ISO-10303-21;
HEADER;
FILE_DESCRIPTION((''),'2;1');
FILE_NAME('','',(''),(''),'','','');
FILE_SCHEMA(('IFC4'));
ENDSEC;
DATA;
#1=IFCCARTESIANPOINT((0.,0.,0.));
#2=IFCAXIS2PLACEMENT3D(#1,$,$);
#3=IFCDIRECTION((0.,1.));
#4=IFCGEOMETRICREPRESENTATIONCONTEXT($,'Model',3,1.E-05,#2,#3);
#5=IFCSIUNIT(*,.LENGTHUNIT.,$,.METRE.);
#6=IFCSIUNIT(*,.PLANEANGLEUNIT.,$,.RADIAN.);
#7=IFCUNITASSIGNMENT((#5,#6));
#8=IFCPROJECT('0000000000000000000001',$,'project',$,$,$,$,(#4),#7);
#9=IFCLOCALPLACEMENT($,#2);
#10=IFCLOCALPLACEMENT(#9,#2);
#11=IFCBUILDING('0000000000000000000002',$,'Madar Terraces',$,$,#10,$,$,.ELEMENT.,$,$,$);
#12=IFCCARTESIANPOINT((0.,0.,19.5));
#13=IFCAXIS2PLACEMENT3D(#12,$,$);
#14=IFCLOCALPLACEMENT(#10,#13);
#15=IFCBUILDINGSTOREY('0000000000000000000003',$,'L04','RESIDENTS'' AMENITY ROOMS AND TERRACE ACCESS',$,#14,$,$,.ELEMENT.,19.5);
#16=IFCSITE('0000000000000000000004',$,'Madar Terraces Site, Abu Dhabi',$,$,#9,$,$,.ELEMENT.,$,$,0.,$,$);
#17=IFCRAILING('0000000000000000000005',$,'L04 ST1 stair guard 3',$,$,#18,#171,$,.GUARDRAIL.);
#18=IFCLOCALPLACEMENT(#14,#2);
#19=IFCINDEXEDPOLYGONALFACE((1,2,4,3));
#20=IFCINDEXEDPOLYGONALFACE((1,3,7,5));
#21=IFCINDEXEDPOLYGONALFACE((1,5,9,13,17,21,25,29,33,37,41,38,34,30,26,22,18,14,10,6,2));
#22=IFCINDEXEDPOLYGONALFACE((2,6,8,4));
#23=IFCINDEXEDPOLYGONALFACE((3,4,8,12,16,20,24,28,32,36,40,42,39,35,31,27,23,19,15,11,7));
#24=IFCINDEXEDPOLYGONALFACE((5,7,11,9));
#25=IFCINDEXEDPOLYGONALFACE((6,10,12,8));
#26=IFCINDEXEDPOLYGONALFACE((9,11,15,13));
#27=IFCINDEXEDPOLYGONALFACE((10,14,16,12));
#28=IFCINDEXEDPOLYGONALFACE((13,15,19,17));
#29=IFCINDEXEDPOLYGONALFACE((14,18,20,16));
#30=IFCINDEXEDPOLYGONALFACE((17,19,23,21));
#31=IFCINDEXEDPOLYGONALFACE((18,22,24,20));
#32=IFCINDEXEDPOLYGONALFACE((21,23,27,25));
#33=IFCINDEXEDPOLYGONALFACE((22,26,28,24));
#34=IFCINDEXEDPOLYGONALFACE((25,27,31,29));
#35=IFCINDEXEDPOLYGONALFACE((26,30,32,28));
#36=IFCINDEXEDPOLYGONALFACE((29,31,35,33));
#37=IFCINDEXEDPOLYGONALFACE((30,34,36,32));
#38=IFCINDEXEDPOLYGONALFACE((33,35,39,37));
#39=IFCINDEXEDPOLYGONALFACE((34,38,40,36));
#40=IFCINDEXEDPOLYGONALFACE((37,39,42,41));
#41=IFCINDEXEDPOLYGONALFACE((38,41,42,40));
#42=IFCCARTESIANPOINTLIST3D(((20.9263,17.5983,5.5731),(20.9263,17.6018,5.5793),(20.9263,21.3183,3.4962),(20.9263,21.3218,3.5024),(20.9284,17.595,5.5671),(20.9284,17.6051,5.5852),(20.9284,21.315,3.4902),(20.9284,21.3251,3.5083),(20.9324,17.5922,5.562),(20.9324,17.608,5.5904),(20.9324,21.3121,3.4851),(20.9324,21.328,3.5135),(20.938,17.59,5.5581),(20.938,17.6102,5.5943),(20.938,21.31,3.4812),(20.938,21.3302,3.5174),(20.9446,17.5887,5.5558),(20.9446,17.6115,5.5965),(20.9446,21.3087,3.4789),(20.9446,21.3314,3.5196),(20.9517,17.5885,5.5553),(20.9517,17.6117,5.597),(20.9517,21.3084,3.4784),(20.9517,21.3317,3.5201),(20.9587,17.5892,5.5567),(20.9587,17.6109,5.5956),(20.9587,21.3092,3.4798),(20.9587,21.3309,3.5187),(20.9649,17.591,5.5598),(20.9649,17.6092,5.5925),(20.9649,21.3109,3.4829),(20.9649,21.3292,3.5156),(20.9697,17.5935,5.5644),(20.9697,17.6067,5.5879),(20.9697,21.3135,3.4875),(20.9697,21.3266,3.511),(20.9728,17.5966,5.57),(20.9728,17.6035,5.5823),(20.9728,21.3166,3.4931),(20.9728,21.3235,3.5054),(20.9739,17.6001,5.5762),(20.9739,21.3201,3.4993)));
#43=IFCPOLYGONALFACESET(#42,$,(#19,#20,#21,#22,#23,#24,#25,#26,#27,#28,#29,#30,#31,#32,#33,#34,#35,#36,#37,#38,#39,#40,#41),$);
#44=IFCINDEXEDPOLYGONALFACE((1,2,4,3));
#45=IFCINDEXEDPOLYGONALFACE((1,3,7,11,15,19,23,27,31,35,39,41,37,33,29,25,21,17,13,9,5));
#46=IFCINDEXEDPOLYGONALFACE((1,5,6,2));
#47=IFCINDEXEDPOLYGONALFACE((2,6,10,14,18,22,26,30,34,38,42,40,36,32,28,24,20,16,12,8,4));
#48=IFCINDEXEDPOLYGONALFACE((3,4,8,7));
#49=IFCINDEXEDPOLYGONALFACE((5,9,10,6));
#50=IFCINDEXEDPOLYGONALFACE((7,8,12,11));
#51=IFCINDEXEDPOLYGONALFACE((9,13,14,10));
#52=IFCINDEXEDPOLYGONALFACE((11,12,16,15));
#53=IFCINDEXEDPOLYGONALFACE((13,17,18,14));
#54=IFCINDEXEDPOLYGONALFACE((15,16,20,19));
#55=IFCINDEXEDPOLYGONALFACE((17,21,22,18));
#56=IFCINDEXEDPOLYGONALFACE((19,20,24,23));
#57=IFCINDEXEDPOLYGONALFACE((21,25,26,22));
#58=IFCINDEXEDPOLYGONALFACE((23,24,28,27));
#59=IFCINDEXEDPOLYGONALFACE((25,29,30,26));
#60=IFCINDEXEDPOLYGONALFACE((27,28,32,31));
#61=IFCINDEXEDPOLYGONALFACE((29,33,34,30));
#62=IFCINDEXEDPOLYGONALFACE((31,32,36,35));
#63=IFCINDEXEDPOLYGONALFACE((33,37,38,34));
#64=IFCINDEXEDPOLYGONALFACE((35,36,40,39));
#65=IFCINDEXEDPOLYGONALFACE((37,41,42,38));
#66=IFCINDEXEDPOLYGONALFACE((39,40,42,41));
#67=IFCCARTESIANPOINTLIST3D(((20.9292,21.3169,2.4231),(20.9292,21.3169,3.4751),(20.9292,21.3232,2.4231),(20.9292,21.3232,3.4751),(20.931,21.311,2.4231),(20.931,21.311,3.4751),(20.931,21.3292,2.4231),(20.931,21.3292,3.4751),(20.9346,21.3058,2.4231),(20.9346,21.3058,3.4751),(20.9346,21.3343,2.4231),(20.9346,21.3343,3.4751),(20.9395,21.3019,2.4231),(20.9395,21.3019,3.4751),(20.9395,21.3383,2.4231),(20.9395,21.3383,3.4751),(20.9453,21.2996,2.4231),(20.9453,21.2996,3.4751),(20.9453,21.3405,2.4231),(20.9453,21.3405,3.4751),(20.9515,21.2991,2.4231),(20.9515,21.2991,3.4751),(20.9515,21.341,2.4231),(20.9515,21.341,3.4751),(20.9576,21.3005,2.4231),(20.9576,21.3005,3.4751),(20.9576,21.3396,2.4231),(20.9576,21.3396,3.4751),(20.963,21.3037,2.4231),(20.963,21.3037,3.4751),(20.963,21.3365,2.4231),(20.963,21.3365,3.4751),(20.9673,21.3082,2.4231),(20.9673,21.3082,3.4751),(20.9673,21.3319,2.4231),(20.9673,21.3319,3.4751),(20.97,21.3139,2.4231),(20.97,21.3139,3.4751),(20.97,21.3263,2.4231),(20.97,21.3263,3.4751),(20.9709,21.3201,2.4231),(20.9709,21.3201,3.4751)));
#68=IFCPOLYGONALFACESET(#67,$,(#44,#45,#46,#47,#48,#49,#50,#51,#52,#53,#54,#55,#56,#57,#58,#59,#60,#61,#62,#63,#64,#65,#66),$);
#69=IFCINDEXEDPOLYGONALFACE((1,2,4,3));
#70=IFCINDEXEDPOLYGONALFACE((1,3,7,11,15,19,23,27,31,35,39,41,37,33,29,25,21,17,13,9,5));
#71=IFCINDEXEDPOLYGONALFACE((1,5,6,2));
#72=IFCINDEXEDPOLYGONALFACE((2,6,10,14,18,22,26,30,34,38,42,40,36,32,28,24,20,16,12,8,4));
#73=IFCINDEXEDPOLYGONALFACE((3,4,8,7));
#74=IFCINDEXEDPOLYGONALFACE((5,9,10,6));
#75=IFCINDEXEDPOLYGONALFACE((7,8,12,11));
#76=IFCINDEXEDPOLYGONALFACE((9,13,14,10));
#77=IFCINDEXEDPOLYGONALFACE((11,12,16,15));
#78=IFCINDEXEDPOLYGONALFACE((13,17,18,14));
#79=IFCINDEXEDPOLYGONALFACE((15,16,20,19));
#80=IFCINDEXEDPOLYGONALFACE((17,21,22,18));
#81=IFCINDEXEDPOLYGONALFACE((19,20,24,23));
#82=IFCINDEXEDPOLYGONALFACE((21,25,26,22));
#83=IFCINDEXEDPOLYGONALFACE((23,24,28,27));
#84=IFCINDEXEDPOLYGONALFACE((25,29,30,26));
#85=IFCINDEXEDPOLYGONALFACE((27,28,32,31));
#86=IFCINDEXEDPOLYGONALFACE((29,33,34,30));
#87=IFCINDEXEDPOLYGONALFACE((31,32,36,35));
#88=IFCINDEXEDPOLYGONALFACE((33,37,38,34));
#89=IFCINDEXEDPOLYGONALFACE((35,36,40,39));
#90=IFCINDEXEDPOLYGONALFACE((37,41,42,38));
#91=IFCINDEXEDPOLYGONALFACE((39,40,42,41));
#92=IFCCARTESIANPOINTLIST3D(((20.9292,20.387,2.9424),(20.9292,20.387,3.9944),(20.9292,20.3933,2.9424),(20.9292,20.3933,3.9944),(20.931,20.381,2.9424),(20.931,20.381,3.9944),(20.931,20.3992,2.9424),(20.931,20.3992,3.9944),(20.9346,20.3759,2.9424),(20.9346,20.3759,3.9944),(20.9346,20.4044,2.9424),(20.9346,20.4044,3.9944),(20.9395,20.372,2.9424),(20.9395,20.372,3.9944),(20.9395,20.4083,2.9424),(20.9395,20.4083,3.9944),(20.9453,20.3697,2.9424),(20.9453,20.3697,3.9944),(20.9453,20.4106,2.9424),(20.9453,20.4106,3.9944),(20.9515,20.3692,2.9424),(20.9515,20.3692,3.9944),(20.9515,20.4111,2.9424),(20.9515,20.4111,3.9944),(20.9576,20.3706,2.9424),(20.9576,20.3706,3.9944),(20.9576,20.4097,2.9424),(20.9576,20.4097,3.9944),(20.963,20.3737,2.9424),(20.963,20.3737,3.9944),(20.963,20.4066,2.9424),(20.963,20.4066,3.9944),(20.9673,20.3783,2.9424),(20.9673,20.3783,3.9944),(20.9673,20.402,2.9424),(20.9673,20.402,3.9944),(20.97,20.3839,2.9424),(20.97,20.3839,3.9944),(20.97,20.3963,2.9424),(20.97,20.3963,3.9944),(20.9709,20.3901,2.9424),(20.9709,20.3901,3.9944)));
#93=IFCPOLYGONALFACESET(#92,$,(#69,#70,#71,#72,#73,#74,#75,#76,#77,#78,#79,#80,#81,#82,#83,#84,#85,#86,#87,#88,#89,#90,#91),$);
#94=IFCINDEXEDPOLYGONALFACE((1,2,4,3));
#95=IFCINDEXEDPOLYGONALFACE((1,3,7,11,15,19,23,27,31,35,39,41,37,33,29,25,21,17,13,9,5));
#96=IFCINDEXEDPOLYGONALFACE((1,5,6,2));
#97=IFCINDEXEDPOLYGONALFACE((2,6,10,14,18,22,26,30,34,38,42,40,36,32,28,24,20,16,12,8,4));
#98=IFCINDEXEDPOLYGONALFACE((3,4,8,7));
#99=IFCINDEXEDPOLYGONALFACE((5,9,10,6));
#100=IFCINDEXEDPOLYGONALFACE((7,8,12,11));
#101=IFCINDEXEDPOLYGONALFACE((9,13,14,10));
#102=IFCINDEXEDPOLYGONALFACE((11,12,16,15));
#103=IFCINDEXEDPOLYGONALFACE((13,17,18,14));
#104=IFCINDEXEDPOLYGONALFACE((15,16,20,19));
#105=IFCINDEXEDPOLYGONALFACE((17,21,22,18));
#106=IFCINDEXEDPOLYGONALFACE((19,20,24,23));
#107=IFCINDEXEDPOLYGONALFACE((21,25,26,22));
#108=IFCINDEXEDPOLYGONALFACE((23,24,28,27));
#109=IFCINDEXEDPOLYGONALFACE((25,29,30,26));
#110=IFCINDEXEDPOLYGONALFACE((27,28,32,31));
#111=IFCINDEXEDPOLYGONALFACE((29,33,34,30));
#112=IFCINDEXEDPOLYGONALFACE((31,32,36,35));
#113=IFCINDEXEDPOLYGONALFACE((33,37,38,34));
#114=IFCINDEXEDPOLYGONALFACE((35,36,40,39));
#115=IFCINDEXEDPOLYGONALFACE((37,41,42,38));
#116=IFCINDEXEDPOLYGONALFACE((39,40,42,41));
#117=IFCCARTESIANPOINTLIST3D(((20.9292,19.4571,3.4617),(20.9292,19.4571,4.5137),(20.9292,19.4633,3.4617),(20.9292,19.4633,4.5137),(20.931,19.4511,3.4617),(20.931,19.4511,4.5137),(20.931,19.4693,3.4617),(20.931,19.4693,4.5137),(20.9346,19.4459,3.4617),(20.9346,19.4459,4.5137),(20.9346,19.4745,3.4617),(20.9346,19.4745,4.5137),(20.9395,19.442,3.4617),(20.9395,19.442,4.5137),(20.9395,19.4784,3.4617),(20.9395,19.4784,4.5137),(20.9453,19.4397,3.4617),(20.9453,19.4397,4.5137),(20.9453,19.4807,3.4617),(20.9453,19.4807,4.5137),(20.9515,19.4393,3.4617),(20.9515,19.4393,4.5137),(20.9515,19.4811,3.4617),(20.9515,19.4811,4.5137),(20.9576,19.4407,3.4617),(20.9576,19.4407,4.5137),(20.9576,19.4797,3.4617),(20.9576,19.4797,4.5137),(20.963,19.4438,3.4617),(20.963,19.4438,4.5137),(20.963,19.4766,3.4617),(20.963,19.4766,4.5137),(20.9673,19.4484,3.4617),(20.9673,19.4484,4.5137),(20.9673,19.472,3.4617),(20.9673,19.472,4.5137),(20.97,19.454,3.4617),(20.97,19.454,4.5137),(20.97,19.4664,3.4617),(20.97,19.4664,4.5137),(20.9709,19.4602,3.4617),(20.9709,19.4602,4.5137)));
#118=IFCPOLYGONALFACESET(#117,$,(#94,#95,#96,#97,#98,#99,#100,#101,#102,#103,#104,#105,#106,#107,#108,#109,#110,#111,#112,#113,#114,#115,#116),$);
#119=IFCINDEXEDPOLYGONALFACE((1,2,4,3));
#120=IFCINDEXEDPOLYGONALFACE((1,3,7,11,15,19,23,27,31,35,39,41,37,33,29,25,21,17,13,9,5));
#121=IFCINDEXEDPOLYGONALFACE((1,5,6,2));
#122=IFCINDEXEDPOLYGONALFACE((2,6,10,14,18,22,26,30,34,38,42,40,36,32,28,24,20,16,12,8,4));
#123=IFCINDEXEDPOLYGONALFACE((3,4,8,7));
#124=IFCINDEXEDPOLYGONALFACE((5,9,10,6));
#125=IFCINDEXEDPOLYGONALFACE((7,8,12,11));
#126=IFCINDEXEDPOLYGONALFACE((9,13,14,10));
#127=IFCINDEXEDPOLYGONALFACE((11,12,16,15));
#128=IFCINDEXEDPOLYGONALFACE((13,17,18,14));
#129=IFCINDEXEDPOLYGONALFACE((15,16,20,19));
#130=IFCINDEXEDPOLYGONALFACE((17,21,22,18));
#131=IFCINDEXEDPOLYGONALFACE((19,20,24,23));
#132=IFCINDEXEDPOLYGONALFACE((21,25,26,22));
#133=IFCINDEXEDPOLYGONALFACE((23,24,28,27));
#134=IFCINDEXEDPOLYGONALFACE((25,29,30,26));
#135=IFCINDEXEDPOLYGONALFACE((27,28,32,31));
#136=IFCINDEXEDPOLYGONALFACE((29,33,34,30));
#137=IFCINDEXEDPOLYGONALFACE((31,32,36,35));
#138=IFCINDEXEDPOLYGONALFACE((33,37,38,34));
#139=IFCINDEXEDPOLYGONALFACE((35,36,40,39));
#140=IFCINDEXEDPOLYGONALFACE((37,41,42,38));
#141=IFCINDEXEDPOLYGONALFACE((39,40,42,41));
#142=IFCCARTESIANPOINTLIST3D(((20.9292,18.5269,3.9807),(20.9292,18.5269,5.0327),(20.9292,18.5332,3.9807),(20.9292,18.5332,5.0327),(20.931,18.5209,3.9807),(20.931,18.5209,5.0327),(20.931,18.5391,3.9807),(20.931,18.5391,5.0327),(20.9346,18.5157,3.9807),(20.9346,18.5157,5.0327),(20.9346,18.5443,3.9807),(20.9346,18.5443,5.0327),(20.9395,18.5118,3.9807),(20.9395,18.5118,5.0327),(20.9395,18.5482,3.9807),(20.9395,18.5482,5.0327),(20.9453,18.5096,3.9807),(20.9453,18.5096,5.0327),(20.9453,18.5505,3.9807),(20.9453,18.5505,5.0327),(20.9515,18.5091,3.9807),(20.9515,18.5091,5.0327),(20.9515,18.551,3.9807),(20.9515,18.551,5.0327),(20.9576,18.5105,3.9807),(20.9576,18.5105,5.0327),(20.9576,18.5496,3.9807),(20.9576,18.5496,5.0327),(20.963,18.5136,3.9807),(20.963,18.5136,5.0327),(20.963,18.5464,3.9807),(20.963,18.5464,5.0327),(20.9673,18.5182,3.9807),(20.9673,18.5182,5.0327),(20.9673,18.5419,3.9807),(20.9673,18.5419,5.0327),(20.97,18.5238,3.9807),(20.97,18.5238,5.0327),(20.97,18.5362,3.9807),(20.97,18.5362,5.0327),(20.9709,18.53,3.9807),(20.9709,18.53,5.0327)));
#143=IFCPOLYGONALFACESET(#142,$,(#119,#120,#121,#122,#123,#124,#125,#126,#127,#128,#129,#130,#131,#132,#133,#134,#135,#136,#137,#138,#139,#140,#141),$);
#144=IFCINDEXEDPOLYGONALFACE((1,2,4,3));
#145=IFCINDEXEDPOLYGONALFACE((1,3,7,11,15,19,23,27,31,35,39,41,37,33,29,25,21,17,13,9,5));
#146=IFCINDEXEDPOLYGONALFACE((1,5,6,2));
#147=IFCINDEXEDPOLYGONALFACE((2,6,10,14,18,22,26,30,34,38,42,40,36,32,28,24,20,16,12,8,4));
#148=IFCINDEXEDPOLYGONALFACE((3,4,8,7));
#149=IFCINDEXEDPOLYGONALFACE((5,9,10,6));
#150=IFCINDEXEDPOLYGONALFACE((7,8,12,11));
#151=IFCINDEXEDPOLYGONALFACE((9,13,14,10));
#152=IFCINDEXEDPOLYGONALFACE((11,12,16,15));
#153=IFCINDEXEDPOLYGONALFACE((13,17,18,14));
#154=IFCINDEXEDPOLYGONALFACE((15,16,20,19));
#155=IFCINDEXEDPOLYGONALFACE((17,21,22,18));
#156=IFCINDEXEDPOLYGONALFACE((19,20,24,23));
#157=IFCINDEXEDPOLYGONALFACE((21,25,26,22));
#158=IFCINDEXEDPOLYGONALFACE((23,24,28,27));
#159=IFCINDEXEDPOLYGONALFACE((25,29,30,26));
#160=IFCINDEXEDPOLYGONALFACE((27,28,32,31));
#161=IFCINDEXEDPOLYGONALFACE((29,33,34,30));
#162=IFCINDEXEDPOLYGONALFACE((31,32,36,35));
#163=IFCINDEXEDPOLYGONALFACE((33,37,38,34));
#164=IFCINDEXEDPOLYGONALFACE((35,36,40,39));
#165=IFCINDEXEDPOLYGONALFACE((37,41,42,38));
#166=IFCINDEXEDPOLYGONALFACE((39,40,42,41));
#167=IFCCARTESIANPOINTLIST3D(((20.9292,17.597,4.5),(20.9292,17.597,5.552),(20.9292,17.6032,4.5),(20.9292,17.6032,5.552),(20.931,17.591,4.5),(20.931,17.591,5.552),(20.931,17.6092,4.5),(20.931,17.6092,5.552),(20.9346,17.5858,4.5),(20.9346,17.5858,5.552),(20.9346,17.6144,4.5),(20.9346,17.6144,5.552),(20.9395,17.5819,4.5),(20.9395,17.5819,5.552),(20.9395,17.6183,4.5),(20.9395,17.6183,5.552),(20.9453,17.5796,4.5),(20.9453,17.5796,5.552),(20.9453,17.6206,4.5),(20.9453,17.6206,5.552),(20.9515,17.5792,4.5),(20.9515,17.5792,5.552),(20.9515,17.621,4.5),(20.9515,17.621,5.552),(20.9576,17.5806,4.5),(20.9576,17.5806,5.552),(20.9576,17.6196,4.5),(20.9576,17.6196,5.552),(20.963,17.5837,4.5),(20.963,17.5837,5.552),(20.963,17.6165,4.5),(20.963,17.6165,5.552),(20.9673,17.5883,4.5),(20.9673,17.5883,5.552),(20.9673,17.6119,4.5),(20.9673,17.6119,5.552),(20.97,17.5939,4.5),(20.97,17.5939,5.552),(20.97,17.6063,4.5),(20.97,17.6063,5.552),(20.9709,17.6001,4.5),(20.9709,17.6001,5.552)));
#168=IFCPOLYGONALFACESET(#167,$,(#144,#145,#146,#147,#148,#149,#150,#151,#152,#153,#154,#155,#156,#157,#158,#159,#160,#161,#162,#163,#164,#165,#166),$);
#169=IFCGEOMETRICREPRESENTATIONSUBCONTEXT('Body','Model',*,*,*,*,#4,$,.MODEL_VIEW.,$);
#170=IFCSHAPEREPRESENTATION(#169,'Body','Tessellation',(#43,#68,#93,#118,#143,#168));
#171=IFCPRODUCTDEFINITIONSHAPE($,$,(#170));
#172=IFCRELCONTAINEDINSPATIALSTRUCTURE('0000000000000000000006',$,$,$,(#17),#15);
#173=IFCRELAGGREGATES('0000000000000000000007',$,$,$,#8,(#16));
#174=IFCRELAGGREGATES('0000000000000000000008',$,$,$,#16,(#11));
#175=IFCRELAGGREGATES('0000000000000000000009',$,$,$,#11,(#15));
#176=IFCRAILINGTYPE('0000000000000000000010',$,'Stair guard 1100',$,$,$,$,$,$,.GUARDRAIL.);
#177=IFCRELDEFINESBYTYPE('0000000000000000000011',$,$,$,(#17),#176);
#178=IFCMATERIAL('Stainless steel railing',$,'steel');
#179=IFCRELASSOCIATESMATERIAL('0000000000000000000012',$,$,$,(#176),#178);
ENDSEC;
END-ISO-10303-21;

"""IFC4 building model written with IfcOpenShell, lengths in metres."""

from ifc_helpers import new_model, si_unit, direction, frame, origin, origin_2d, place, context, subcontext, project, spatial, circle, extrude, material, type_object, element, save


model = new_model("IFC4")

# Units and contexts
model_context = context("Model", 3, precision=1e-05, world=origin(), true_north=direction((0.0, 1.0)))
body_context = subcontext(model_context, "Body", "Model", "MODEL_VIEW")
ifc_project = project(units=[si_unit("LENGTHUNIT", "METRE"), si_unit("PLANEANGLEUNIT", "RADIAN")], contexts=[model_context])

# Site, building, storey
site_placement = place(None, origin())
site = spatial("IfcSite", under=ifc_project, at=site_placement, Name="Madar Terraces Site, Abu Dhabi", CompositionType="ELEMENT", RefElevation=0.0)
building_placement = place(site_placement, origin())
building = spatial("IfcBuilding", under=site, at=building_placement, Name="Madar Terraces", CompositionType="ELEMENT")
storey_placement = place(building_placement, frame((0.0, 0.0, 19.5)))
storey = spatial("IfcBuildingStorey", under=building, at=storey_placement, Name="L04", Description="RESIDENTS' AMENITY ROOMS AND TERRACE ACCESS", CompositionType="ELEMENT", Elevation=19.5)

# Railing
ifc_material_1 = material(Name="Stainless steel railing", Category="steel")
railing_type_1 = type_object("IfcRailingType", Name="Stair guard 1100", PredefinedType="GUARDRAIL", material=ifc_material_1)
railing_1_placement = place(storey_placement, frame((20.95, 21.3201, 2.4231)))
element("IfcRailing", 1, at=railing_1_placement, inside=storey, type_object=railing_type_1, Name="L04 ST1 stair guard 3", PredefinedType="GUARDRAIL", context=body_context, shape_type="SweptSolid", body=[
    extrude(circle(Radius=0.0239, at=origin_2d()), frame((0.0, 0.0, 1.0762), z_axis=(0.0, -0.873134, 0.487481), x_axis=(1.0, 0.0, 0.0)), (0.0, 0.0, 1.0), 4.2605),
    extrude(circle(Radius=0.021, at=origin_2d()), origin(), (0.0, 0.0, 1.0), 1.052),
    extrude(circle(Radius=0.021, at=origin_2d()), frame((0.0, -0.9299, 0.5193)), (0.0, 0.0, 1.0), 1.052),
    extrude(circle(Radius=0.021, at=origin_2d()), frame((0.0, -1.8599, 1.0386)), (0.0, 0.0, 1.0), 1.052),
    extrude(circle(Radius=0.021, at=origin_2d()), frame((0.0, -2.79, 1.5576)), (0.0, 0.0, 1.0), 1.052),
    extrude(circle(Radius=0.021, at=origin_2d()), frame((0.0, -3.72, 2.0769)), (0.0, 0.0, 1.0), 1.052),
])

save(model, "model.ifc")
